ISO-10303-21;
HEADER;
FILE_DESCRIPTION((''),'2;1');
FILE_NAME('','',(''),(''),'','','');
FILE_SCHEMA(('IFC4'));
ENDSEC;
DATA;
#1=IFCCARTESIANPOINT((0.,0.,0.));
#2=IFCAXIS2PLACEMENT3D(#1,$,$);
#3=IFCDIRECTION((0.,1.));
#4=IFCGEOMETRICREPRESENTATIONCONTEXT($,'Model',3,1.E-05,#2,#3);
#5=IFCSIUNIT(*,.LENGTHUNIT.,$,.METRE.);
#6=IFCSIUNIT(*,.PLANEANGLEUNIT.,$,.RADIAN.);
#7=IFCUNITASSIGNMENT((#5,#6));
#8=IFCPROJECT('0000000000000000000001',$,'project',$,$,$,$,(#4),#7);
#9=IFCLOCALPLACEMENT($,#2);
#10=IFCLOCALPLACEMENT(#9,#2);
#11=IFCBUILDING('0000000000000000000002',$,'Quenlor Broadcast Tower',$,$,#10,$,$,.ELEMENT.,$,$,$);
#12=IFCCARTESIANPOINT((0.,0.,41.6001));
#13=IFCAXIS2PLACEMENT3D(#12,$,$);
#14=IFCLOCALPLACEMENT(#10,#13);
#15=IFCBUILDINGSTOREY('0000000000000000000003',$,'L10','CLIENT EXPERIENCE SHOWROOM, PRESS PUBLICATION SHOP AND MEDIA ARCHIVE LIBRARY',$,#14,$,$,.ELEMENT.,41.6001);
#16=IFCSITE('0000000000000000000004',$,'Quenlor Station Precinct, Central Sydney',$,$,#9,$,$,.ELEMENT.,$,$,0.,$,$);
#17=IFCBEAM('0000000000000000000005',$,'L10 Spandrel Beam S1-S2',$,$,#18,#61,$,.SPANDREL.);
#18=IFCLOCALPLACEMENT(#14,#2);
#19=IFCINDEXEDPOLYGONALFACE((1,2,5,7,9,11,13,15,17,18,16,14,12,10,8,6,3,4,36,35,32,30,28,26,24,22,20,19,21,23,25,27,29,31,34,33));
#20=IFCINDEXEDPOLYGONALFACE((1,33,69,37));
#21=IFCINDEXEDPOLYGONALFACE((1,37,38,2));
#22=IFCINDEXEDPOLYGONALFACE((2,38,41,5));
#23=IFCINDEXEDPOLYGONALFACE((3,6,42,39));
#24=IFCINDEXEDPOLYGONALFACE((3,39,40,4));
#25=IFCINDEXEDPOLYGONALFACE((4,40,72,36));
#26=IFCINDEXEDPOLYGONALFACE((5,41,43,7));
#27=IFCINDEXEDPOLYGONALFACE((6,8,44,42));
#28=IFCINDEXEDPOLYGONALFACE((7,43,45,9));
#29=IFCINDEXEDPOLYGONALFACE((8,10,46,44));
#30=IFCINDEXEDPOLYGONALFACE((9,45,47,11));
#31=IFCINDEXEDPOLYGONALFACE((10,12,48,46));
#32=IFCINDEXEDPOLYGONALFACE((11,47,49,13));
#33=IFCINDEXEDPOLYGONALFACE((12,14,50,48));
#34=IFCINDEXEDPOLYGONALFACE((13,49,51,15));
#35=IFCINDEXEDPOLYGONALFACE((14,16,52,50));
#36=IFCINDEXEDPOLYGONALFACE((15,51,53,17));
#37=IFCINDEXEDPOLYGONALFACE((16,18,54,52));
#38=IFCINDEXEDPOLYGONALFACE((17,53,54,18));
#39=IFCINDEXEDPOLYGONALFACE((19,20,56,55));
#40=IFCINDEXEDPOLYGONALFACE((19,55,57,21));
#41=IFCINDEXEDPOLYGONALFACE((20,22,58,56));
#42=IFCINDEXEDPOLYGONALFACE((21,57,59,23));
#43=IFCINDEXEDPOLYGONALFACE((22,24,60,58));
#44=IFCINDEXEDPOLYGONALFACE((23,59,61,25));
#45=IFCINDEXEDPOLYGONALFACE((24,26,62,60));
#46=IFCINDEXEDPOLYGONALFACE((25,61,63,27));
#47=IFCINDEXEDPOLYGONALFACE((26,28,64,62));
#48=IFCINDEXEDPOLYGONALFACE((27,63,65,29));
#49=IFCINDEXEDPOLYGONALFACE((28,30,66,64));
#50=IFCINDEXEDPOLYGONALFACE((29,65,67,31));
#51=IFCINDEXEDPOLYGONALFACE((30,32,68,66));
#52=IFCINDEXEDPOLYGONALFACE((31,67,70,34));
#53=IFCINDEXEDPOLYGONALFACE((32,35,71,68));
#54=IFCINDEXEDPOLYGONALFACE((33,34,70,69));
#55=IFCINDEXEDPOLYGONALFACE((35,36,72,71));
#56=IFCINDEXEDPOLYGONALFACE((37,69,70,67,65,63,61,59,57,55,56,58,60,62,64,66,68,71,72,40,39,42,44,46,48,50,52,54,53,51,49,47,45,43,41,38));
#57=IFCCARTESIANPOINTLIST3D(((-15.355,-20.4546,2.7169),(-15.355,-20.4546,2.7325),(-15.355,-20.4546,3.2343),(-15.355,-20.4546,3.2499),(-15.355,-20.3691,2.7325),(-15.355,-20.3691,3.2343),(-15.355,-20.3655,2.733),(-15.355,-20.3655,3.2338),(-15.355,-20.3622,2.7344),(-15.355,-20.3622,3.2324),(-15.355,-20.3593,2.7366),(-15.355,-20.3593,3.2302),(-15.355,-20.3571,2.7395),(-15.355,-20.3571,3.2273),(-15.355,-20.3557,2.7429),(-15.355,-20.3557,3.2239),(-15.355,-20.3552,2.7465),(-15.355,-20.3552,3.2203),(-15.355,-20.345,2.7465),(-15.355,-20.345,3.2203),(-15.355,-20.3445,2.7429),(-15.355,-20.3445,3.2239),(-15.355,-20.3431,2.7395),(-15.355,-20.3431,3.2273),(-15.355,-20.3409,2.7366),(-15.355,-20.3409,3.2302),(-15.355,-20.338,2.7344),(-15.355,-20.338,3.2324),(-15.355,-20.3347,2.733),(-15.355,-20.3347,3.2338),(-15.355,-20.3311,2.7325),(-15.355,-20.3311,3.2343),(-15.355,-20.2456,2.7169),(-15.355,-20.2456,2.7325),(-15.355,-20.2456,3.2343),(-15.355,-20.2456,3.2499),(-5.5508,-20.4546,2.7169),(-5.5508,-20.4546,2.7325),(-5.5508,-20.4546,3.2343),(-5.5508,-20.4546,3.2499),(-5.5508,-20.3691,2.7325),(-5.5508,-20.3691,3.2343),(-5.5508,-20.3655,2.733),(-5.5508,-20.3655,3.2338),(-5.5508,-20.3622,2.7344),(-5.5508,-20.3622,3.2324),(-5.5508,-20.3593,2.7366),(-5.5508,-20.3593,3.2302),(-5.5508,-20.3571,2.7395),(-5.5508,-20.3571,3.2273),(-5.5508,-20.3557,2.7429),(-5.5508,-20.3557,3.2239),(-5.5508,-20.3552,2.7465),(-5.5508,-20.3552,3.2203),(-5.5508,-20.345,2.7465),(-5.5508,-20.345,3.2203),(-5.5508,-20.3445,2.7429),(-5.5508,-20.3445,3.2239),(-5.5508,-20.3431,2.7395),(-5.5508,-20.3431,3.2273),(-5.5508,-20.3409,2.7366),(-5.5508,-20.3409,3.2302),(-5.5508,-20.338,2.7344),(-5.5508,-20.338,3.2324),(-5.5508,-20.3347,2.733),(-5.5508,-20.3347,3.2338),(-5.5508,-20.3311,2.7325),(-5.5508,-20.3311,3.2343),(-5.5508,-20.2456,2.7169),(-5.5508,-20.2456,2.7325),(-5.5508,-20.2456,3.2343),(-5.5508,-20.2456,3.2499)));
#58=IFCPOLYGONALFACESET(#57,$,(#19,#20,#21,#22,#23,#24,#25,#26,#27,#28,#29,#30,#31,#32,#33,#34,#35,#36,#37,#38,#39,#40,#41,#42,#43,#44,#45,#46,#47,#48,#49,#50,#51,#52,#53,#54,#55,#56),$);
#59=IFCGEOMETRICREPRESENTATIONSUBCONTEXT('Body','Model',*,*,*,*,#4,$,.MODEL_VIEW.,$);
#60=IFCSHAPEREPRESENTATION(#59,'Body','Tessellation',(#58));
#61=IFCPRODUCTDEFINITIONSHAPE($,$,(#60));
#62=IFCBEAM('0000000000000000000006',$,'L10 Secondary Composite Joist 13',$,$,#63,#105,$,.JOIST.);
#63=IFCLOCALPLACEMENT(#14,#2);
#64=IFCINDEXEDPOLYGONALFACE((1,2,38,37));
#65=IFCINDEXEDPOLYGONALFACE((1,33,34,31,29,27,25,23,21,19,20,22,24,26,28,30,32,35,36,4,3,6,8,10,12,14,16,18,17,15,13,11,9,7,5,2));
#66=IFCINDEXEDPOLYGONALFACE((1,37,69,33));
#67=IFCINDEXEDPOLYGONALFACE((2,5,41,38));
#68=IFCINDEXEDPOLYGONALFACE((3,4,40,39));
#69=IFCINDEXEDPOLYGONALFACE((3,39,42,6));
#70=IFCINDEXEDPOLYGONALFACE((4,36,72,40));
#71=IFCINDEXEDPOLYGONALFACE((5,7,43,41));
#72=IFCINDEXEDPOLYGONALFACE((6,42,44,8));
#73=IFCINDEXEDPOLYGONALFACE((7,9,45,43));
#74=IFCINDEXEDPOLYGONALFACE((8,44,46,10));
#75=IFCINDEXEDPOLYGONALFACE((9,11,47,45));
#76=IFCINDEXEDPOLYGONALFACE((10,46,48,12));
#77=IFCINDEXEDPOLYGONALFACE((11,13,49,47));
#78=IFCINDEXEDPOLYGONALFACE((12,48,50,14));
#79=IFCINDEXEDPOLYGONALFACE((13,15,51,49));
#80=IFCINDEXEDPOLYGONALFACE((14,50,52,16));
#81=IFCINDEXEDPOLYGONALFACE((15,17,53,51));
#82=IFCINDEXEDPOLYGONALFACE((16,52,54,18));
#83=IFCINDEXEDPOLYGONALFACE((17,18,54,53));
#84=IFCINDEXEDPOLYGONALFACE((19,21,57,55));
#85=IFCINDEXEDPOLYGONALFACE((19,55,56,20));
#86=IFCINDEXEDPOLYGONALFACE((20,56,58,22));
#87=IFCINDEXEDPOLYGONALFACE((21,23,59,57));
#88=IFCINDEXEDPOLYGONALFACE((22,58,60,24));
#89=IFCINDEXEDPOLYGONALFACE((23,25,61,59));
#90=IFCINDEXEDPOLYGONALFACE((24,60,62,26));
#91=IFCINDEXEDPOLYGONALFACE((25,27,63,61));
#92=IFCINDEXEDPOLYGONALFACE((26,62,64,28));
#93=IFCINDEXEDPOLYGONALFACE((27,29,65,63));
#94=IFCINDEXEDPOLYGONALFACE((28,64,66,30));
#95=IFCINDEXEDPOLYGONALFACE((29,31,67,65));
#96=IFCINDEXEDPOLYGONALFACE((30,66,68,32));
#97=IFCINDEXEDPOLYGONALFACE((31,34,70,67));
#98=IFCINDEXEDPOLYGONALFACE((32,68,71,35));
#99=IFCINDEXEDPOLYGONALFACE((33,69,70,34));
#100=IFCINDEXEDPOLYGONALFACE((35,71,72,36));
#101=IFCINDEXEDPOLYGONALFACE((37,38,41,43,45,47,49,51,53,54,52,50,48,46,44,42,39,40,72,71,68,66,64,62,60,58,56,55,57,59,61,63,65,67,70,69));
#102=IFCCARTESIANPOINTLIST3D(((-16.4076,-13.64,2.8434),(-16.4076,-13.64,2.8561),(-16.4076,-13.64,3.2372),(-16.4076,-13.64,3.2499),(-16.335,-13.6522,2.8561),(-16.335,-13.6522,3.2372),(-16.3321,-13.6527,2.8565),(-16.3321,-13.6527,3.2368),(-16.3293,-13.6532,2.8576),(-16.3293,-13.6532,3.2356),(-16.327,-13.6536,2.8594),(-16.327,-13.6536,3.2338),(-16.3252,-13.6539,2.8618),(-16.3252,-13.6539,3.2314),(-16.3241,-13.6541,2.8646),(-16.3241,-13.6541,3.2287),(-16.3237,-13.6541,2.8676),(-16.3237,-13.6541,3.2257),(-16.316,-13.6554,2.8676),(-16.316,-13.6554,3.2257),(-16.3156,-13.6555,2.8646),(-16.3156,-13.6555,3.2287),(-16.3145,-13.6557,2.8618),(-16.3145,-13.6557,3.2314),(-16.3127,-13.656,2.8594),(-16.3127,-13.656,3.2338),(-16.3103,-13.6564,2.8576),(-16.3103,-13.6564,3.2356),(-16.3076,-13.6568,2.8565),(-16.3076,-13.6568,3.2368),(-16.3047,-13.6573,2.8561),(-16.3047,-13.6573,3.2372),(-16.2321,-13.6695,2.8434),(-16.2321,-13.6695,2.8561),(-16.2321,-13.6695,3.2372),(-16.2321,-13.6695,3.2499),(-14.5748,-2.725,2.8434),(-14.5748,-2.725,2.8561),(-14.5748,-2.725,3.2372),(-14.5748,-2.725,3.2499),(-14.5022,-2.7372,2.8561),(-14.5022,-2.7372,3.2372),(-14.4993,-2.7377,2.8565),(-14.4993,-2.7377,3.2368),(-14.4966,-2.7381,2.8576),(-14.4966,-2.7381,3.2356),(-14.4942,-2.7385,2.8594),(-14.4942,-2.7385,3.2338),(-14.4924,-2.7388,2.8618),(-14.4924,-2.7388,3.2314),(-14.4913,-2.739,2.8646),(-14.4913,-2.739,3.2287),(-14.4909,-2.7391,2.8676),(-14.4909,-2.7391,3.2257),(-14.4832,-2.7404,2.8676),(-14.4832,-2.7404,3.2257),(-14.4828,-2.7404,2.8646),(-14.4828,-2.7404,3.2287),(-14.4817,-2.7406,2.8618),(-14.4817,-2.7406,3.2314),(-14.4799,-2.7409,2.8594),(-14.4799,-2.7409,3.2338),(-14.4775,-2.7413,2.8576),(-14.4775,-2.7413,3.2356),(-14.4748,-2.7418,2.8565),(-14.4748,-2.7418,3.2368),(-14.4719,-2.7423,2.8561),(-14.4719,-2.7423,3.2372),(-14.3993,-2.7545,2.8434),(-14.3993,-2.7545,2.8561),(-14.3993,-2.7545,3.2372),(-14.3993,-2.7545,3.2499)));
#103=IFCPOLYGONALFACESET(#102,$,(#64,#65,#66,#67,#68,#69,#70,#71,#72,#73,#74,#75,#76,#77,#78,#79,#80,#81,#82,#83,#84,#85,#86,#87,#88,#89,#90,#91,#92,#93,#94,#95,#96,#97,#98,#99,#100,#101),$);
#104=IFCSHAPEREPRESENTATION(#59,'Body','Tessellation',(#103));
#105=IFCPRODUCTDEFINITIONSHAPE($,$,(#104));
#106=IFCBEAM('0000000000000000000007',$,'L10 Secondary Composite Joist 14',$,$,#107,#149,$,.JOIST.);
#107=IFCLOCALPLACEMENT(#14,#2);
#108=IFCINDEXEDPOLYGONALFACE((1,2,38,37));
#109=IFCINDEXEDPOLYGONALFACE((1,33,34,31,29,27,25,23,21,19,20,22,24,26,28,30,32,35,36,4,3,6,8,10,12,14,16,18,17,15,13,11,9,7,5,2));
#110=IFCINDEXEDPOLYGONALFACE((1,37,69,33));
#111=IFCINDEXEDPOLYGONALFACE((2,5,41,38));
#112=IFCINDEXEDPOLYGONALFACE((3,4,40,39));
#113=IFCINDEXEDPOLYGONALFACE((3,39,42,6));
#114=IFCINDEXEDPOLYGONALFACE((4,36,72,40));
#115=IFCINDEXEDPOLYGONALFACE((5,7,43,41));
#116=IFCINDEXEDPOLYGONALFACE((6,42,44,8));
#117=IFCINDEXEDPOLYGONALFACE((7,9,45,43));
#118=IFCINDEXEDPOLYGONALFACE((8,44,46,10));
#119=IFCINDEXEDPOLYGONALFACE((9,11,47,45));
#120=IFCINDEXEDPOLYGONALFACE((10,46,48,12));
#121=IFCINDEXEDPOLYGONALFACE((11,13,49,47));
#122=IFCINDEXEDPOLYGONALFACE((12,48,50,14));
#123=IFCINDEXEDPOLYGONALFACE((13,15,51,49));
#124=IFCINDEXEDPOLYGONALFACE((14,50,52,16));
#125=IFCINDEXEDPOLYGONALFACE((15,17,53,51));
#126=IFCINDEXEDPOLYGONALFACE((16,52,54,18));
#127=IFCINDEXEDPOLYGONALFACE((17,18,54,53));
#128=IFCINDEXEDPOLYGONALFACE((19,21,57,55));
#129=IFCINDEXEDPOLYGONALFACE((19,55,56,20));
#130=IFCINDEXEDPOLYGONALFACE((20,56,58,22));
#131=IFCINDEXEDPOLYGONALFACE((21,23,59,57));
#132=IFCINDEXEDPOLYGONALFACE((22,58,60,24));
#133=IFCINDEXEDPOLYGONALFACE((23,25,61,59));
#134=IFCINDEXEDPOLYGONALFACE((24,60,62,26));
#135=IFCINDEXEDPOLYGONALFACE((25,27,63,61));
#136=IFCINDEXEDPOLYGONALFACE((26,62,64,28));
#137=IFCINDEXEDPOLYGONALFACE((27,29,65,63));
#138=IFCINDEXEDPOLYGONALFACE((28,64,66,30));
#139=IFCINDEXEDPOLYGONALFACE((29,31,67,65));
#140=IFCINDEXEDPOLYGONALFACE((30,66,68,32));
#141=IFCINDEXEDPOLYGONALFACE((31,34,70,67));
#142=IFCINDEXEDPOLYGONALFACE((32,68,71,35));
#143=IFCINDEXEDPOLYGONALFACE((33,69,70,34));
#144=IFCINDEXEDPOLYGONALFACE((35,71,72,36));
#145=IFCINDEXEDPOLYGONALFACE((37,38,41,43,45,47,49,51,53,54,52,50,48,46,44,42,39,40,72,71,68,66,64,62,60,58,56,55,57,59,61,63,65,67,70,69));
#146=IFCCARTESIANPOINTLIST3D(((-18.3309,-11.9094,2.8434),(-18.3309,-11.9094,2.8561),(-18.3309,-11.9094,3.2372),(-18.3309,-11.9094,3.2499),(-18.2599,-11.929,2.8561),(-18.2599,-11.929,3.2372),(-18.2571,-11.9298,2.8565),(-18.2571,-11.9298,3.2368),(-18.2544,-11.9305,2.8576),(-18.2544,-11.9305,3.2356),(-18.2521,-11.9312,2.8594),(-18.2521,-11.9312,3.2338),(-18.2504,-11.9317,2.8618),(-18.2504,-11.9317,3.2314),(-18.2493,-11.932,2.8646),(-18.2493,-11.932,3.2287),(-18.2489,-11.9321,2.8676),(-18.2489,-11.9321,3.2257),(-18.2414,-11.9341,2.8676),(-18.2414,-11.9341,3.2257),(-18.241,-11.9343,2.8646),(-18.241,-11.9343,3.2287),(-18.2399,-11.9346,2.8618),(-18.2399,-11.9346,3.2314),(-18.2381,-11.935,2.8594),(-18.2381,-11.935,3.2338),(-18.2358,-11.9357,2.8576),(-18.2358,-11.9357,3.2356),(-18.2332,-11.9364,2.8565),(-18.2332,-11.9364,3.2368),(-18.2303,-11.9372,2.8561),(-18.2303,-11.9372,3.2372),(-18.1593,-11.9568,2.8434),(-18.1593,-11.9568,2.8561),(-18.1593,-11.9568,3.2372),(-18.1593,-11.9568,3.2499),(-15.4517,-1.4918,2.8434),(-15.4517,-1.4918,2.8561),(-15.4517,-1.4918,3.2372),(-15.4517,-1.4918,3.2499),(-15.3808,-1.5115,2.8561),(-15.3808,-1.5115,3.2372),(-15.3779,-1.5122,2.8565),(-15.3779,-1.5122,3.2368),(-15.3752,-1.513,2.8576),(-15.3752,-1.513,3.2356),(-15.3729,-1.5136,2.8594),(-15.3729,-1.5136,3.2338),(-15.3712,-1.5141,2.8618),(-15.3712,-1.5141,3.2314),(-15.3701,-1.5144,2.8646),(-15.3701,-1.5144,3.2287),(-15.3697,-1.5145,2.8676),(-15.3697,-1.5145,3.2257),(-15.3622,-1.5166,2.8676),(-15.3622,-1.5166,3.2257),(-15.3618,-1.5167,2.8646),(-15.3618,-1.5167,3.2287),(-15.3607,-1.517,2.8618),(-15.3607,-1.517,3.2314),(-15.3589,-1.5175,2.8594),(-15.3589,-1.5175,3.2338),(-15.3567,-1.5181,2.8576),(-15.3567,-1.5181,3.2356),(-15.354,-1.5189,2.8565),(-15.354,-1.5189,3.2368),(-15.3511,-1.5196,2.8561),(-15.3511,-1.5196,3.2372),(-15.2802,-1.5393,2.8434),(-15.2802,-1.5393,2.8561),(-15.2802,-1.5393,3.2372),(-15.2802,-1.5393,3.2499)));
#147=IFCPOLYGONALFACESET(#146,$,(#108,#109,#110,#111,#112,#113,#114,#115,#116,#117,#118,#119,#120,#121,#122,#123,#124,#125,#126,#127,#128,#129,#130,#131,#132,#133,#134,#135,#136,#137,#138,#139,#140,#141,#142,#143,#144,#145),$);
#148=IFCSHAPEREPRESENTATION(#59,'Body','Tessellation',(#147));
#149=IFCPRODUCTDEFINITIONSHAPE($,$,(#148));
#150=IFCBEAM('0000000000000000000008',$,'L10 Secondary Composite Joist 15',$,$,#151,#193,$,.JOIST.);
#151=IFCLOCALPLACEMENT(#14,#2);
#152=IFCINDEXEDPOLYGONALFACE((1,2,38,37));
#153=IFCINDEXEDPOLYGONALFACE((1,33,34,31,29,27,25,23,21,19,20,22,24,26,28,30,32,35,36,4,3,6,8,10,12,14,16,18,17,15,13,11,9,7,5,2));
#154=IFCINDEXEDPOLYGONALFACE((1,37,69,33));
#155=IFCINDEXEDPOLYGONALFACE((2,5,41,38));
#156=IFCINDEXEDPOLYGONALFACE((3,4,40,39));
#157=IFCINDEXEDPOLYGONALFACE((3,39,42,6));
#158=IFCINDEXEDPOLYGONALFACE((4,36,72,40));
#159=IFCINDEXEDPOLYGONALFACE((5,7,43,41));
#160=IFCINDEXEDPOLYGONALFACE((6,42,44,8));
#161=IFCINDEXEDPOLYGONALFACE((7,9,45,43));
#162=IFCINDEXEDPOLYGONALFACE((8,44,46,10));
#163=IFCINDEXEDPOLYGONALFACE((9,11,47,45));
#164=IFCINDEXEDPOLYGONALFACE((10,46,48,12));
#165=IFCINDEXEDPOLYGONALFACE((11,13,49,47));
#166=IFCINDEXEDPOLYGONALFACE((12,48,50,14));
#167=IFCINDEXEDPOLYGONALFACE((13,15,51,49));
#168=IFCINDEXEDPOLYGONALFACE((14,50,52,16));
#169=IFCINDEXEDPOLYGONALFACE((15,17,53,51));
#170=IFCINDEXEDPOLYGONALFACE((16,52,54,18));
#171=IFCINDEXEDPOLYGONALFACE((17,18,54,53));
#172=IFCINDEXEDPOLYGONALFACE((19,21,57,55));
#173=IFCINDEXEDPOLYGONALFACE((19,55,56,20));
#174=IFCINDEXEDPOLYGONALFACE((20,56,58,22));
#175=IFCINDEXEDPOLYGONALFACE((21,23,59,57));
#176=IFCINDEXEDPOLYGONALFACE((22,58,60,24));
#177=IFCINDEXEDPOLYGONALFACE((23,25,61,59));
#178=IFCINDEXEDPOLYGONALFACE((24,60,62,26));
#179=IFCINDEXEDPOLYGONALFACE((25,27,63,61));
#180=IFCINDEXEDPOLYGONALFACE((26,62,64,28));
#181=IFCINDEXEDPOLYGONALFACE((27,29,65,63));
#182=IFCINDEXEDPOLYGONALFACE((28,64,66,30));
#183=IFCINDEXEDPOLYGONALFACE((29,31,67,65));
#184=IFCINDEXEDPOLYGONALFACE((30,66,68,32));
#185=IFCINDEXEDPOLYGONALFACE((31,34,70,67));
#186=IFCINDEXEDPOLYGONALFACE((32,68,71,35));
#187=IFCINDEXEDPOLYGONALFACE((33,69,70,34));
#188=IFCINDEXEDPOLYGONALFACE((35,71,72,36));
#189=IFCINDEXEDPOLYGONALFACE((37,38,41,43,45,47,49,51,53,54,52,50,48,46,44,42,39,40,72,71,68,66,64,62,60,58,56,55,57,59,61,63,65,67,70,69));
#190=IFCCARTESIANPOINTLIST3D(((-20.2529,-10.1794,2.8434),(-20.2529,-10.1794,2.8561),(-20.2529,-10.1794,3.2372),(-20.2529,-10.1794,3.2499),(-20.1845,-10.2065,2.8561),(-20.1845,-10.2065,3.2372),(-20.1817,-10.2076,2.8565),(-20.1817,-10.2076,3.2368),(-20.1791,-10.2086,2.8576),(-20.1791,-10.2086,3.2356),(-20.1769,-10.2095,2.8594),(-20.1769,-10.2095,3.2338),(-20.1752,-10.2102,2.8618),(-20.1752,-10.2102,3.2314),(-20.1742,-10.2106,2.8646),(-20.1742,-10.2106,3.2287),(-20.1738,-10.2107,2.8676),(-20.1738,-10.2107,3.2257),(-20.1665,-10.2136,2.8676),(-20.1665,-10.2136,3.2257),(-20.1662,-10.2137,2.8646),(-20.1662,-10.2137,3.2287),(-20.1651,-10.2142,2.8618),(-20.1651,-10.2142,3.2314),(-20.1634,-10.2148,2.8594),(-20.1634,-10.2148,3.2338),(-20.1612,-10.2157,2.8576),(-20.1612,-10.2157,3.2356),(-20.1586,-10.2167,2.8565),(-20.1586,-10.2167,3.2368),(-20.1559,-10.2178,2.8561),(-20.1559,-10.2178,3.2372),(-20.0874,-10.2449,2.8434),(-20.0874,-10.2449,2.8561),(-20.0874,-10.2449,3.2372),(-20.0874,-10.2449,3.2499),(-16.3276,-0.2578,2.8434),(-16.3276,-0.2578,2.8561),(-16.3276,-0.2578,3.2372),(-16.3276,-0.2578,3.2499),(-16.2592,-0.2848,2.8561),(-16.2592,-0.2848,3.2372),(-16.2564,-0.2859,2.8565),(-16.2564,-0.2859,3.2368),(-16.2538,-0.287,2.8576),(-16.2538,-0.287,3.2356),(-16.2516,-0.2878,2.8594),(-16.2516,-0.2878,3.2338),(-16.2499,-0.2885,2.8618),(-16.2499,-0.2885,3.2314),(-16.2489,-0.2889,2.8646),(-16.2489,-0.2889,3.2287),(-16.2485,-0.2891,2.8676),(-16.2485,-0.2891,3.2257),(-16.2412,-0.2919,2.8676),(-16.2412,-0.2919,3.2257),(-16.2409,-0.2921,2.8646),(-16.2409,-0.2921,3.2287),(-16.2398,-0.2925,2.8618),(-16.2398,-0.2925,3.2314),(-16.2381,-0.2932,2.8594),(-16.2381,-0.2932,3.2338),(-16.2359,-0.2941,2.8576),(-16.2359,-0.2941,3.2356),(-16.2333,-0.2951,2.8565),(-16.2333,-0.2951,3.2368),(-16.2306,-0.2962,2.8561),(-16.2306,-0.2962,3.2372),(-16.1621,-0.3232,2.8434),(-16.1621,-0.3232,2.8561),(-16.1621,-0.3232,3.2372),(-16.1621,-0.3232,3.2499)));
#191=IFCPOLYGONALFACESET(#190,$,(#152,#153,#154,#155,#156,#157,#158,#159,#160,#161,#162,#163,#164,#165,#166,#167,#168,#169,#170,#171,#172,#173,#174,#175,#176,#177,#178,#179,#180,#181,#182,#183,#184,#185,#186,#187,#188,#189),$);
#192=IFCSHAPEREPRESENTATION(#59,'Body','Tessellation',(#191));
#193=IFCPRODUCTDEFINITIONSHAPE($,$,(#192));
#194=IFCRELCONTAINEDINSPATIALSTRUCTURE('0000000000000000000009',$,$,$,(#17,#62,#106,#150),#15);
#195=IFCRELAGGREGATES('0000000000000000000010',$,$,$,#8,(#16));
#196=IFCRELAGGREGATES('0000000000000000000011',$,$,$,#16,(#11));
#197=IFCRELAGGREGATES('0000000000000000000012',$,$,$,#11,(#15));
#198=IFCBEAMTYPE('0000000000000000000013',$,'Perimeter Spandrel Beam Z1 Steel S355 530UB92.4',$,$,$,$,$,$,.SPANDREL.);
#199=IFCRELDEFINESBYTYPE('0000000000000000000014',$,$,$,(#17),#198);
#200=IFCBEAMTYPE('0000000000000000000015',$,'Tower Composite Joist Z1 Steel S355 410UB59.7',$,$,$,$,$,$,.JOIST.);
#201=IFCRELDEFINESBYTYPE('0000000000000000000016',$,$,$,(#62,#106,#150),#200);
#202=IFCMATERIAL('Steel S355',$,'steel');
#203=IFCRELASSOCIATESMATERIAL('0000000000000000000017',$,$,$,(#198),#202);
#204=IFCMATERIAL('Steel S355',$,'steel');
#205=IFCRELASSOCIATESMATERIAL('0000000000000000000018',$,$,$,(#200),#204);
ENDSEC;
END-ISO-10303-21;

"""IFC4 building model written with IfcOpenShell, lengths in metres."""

from ifc_helpers import new_model, si_unit, direction, frame, origin, origin_2d, place, context, subcontext, project, spatial, i_section, extrude, material, material_profile, profile_set, type_object, element, save


model = new_model("IFC4")

# Units and contexts
model_context = context("Model", 3, precision=1e-05, world=origin(), true_north=direction((0.0, 1.0)))
body_context = subcontext(model_context, "Body", "Model", "MODEL_VIEW")
ifc_project = project(units=[si_unit("LENGTHUNIT", "METRE"), si_unit("PLANEANGLEUNIT", "RADIAN")], contexts=[model_context])

# Site, building, storey
site_placement = place(None, origin())
site = spatial("IfcSite", under=ifc_project, at=site_placement, Name="Quenlor Station Precinct, Central Sydney", CompositionType="ELEMENT", RefElevation=0.0)
building_placement = place(site_placement, origin())
building = spatial("IfcBuilding", under=site, at=building_placement, Name="Quenlor Broadcast Tower", CompositionType="ELEMENT")
storey_placement = place(building_placement, frame((0.0, 0.0, 41.6001)))
storey = spatial("IfcBuildingStorey", under=building, at=storey_placement, Name="L10", Description="CLIENT EXPERIENCE SHOWROOM, PRESS PUBLICATION SHOP AND MEDIA ARCHIVE LIBRARY", CompositionType="ELEMENT", Elevation=41.6001)

# Beams
ifc_material_1 = material(Name="Steel S355", Category="steel")
ifc_material_profile_1 = material_profile(ifc_material_1, i_section(OverallWidth=0.209, OverallDepth=0.533, WebThickness=0.0103, FlangeThickness=0.0156, FilletRadius=0.0139, at=origin_2d()))
ifc_profile_set_1 = profile_set([ifc_material_profile_1], Name="Steel S355 530UB92.4")
beam_type_1 = type_object("IfcBeamType", Name="Perimeter Spandrel Beam Z1 Steel S355 530UB92.4", PredefinedType="SPANDREL", material=ifc_profile_set_1)
beam_1_placement = place(storey_placement, frame((-15.355, -20.3501, 2.9834), z_axis=(1.0, 0.0, 0.0), x_axis=(0.0, 1.0, 0.0)))
element("IfcBeam", 1, at=beam_1_placement, inside=storey, type_object=beam_type_1, Name="L10 Spandrel Beam S1-S2", PredefinedType="SPANDREL", context=body_context, shape_type="SweptSolid", body=[
    extrude(i_section(OverallWidth=0.209, OverallDepth=0.533, WebThickness=0.0103, FlangeThickness=0.0156, FilletRadius=0.0139, at=origin_2d()), origin(), (0.0, 0.0, 1.0), 9.8042),
])
ifc_material_2 = material(Name="Steel S355", Category="steel")
ifc_material_profile_2 = material_profile(ifc_material_2, i_section(OverallWidth=0.178, OverallDepth=0.4065, WebThickness=0.0078, FlangeThickness=0.0127, FilletRadius=0.0115, at=origin_2d()))
ifc_profile_set_2 = profile_set([ifc_material_profile_2], Name="Steel S355 410UB59.7")
beam_type_2 = type_object("IfcBeamType", Name="Tower Composite Joist Z1 Steel S355 410UB59.7", PredefinedType="JOIST", material=ifc_profile_set_2)
beam_2_placement = place(storey_placement, frame((-16.3198, -13.6548, 3.0466), z_axis=(0.165594, 0.986194, 0.0), x_axis=(-0.986194, 0.165594, 0.0)))
element("IfcBeam", 2, at=beam_2_placement, inside=storey, type_object=beam_type_2, Name="L10 Secondary Composite Joist 13", PredefinedType="JOIST", context=body_context, shape_type="SweptSolid", body=[
    extrude(i_section(OverallWidth=0.178, OverallDepth=0.4065, WebThickness=0.0078, FlangeThickness=0.0127, FilletRadius=0.0115, at=origin_2d()), origin(), (0.0, 0.0, 1.0), 11.0679),
])
beam_3_placement = place(storey_placement, frame((-18.2451, -11.9331, 3.0466), z_axis=(0.26639, 0.963865, 0.0), x_axis=(-0.963865, 0.26639, 0.0)))
element("IfcBeam", 3, at=beam_3_placement, inside=storey, type_object=beam_type_2, Name="L10 Secondary Composite Joist 14", PredefinedType="JOIST", context=body_context, shape_type="SweptSolid", body=[
    extrude(i_section(OverallWidth=0.178, OverallDepth=0.4065, WebThickness=0.0078, FlangeThickness=0.0127, FilletRadius=0.0115, at=origin_2d()), origin(), (0.0, 0.0, 1.0), 10.8081),
])
beam_4_placement = place(storey_placement, frame((-20.1702, -10.2122, 3.0466), z_axis=(0.367885, 0.929871, 0.0), x_axis=(-0.929871, 0.367885, 0.0)))
element("IfcBeam", 4, at=beam_4_placement, inside=storey, type_object=beam_type_2, Name="L10 Secondary Composite Joist 15", PredefinedType="JOIST", context=body_context, shape_type="SweptSolid", body=[
    extrude(i_section(OverallWidth=0.178, OverallDepth=0.4065, WebThickness=0.0078, FlangeThickness=0.0127, FilletRadius=0.0115, at=origin_2d()), origin(), (0.0, 0.0, 1.0), 10.6699),
])

save(model, "model.ifc")
